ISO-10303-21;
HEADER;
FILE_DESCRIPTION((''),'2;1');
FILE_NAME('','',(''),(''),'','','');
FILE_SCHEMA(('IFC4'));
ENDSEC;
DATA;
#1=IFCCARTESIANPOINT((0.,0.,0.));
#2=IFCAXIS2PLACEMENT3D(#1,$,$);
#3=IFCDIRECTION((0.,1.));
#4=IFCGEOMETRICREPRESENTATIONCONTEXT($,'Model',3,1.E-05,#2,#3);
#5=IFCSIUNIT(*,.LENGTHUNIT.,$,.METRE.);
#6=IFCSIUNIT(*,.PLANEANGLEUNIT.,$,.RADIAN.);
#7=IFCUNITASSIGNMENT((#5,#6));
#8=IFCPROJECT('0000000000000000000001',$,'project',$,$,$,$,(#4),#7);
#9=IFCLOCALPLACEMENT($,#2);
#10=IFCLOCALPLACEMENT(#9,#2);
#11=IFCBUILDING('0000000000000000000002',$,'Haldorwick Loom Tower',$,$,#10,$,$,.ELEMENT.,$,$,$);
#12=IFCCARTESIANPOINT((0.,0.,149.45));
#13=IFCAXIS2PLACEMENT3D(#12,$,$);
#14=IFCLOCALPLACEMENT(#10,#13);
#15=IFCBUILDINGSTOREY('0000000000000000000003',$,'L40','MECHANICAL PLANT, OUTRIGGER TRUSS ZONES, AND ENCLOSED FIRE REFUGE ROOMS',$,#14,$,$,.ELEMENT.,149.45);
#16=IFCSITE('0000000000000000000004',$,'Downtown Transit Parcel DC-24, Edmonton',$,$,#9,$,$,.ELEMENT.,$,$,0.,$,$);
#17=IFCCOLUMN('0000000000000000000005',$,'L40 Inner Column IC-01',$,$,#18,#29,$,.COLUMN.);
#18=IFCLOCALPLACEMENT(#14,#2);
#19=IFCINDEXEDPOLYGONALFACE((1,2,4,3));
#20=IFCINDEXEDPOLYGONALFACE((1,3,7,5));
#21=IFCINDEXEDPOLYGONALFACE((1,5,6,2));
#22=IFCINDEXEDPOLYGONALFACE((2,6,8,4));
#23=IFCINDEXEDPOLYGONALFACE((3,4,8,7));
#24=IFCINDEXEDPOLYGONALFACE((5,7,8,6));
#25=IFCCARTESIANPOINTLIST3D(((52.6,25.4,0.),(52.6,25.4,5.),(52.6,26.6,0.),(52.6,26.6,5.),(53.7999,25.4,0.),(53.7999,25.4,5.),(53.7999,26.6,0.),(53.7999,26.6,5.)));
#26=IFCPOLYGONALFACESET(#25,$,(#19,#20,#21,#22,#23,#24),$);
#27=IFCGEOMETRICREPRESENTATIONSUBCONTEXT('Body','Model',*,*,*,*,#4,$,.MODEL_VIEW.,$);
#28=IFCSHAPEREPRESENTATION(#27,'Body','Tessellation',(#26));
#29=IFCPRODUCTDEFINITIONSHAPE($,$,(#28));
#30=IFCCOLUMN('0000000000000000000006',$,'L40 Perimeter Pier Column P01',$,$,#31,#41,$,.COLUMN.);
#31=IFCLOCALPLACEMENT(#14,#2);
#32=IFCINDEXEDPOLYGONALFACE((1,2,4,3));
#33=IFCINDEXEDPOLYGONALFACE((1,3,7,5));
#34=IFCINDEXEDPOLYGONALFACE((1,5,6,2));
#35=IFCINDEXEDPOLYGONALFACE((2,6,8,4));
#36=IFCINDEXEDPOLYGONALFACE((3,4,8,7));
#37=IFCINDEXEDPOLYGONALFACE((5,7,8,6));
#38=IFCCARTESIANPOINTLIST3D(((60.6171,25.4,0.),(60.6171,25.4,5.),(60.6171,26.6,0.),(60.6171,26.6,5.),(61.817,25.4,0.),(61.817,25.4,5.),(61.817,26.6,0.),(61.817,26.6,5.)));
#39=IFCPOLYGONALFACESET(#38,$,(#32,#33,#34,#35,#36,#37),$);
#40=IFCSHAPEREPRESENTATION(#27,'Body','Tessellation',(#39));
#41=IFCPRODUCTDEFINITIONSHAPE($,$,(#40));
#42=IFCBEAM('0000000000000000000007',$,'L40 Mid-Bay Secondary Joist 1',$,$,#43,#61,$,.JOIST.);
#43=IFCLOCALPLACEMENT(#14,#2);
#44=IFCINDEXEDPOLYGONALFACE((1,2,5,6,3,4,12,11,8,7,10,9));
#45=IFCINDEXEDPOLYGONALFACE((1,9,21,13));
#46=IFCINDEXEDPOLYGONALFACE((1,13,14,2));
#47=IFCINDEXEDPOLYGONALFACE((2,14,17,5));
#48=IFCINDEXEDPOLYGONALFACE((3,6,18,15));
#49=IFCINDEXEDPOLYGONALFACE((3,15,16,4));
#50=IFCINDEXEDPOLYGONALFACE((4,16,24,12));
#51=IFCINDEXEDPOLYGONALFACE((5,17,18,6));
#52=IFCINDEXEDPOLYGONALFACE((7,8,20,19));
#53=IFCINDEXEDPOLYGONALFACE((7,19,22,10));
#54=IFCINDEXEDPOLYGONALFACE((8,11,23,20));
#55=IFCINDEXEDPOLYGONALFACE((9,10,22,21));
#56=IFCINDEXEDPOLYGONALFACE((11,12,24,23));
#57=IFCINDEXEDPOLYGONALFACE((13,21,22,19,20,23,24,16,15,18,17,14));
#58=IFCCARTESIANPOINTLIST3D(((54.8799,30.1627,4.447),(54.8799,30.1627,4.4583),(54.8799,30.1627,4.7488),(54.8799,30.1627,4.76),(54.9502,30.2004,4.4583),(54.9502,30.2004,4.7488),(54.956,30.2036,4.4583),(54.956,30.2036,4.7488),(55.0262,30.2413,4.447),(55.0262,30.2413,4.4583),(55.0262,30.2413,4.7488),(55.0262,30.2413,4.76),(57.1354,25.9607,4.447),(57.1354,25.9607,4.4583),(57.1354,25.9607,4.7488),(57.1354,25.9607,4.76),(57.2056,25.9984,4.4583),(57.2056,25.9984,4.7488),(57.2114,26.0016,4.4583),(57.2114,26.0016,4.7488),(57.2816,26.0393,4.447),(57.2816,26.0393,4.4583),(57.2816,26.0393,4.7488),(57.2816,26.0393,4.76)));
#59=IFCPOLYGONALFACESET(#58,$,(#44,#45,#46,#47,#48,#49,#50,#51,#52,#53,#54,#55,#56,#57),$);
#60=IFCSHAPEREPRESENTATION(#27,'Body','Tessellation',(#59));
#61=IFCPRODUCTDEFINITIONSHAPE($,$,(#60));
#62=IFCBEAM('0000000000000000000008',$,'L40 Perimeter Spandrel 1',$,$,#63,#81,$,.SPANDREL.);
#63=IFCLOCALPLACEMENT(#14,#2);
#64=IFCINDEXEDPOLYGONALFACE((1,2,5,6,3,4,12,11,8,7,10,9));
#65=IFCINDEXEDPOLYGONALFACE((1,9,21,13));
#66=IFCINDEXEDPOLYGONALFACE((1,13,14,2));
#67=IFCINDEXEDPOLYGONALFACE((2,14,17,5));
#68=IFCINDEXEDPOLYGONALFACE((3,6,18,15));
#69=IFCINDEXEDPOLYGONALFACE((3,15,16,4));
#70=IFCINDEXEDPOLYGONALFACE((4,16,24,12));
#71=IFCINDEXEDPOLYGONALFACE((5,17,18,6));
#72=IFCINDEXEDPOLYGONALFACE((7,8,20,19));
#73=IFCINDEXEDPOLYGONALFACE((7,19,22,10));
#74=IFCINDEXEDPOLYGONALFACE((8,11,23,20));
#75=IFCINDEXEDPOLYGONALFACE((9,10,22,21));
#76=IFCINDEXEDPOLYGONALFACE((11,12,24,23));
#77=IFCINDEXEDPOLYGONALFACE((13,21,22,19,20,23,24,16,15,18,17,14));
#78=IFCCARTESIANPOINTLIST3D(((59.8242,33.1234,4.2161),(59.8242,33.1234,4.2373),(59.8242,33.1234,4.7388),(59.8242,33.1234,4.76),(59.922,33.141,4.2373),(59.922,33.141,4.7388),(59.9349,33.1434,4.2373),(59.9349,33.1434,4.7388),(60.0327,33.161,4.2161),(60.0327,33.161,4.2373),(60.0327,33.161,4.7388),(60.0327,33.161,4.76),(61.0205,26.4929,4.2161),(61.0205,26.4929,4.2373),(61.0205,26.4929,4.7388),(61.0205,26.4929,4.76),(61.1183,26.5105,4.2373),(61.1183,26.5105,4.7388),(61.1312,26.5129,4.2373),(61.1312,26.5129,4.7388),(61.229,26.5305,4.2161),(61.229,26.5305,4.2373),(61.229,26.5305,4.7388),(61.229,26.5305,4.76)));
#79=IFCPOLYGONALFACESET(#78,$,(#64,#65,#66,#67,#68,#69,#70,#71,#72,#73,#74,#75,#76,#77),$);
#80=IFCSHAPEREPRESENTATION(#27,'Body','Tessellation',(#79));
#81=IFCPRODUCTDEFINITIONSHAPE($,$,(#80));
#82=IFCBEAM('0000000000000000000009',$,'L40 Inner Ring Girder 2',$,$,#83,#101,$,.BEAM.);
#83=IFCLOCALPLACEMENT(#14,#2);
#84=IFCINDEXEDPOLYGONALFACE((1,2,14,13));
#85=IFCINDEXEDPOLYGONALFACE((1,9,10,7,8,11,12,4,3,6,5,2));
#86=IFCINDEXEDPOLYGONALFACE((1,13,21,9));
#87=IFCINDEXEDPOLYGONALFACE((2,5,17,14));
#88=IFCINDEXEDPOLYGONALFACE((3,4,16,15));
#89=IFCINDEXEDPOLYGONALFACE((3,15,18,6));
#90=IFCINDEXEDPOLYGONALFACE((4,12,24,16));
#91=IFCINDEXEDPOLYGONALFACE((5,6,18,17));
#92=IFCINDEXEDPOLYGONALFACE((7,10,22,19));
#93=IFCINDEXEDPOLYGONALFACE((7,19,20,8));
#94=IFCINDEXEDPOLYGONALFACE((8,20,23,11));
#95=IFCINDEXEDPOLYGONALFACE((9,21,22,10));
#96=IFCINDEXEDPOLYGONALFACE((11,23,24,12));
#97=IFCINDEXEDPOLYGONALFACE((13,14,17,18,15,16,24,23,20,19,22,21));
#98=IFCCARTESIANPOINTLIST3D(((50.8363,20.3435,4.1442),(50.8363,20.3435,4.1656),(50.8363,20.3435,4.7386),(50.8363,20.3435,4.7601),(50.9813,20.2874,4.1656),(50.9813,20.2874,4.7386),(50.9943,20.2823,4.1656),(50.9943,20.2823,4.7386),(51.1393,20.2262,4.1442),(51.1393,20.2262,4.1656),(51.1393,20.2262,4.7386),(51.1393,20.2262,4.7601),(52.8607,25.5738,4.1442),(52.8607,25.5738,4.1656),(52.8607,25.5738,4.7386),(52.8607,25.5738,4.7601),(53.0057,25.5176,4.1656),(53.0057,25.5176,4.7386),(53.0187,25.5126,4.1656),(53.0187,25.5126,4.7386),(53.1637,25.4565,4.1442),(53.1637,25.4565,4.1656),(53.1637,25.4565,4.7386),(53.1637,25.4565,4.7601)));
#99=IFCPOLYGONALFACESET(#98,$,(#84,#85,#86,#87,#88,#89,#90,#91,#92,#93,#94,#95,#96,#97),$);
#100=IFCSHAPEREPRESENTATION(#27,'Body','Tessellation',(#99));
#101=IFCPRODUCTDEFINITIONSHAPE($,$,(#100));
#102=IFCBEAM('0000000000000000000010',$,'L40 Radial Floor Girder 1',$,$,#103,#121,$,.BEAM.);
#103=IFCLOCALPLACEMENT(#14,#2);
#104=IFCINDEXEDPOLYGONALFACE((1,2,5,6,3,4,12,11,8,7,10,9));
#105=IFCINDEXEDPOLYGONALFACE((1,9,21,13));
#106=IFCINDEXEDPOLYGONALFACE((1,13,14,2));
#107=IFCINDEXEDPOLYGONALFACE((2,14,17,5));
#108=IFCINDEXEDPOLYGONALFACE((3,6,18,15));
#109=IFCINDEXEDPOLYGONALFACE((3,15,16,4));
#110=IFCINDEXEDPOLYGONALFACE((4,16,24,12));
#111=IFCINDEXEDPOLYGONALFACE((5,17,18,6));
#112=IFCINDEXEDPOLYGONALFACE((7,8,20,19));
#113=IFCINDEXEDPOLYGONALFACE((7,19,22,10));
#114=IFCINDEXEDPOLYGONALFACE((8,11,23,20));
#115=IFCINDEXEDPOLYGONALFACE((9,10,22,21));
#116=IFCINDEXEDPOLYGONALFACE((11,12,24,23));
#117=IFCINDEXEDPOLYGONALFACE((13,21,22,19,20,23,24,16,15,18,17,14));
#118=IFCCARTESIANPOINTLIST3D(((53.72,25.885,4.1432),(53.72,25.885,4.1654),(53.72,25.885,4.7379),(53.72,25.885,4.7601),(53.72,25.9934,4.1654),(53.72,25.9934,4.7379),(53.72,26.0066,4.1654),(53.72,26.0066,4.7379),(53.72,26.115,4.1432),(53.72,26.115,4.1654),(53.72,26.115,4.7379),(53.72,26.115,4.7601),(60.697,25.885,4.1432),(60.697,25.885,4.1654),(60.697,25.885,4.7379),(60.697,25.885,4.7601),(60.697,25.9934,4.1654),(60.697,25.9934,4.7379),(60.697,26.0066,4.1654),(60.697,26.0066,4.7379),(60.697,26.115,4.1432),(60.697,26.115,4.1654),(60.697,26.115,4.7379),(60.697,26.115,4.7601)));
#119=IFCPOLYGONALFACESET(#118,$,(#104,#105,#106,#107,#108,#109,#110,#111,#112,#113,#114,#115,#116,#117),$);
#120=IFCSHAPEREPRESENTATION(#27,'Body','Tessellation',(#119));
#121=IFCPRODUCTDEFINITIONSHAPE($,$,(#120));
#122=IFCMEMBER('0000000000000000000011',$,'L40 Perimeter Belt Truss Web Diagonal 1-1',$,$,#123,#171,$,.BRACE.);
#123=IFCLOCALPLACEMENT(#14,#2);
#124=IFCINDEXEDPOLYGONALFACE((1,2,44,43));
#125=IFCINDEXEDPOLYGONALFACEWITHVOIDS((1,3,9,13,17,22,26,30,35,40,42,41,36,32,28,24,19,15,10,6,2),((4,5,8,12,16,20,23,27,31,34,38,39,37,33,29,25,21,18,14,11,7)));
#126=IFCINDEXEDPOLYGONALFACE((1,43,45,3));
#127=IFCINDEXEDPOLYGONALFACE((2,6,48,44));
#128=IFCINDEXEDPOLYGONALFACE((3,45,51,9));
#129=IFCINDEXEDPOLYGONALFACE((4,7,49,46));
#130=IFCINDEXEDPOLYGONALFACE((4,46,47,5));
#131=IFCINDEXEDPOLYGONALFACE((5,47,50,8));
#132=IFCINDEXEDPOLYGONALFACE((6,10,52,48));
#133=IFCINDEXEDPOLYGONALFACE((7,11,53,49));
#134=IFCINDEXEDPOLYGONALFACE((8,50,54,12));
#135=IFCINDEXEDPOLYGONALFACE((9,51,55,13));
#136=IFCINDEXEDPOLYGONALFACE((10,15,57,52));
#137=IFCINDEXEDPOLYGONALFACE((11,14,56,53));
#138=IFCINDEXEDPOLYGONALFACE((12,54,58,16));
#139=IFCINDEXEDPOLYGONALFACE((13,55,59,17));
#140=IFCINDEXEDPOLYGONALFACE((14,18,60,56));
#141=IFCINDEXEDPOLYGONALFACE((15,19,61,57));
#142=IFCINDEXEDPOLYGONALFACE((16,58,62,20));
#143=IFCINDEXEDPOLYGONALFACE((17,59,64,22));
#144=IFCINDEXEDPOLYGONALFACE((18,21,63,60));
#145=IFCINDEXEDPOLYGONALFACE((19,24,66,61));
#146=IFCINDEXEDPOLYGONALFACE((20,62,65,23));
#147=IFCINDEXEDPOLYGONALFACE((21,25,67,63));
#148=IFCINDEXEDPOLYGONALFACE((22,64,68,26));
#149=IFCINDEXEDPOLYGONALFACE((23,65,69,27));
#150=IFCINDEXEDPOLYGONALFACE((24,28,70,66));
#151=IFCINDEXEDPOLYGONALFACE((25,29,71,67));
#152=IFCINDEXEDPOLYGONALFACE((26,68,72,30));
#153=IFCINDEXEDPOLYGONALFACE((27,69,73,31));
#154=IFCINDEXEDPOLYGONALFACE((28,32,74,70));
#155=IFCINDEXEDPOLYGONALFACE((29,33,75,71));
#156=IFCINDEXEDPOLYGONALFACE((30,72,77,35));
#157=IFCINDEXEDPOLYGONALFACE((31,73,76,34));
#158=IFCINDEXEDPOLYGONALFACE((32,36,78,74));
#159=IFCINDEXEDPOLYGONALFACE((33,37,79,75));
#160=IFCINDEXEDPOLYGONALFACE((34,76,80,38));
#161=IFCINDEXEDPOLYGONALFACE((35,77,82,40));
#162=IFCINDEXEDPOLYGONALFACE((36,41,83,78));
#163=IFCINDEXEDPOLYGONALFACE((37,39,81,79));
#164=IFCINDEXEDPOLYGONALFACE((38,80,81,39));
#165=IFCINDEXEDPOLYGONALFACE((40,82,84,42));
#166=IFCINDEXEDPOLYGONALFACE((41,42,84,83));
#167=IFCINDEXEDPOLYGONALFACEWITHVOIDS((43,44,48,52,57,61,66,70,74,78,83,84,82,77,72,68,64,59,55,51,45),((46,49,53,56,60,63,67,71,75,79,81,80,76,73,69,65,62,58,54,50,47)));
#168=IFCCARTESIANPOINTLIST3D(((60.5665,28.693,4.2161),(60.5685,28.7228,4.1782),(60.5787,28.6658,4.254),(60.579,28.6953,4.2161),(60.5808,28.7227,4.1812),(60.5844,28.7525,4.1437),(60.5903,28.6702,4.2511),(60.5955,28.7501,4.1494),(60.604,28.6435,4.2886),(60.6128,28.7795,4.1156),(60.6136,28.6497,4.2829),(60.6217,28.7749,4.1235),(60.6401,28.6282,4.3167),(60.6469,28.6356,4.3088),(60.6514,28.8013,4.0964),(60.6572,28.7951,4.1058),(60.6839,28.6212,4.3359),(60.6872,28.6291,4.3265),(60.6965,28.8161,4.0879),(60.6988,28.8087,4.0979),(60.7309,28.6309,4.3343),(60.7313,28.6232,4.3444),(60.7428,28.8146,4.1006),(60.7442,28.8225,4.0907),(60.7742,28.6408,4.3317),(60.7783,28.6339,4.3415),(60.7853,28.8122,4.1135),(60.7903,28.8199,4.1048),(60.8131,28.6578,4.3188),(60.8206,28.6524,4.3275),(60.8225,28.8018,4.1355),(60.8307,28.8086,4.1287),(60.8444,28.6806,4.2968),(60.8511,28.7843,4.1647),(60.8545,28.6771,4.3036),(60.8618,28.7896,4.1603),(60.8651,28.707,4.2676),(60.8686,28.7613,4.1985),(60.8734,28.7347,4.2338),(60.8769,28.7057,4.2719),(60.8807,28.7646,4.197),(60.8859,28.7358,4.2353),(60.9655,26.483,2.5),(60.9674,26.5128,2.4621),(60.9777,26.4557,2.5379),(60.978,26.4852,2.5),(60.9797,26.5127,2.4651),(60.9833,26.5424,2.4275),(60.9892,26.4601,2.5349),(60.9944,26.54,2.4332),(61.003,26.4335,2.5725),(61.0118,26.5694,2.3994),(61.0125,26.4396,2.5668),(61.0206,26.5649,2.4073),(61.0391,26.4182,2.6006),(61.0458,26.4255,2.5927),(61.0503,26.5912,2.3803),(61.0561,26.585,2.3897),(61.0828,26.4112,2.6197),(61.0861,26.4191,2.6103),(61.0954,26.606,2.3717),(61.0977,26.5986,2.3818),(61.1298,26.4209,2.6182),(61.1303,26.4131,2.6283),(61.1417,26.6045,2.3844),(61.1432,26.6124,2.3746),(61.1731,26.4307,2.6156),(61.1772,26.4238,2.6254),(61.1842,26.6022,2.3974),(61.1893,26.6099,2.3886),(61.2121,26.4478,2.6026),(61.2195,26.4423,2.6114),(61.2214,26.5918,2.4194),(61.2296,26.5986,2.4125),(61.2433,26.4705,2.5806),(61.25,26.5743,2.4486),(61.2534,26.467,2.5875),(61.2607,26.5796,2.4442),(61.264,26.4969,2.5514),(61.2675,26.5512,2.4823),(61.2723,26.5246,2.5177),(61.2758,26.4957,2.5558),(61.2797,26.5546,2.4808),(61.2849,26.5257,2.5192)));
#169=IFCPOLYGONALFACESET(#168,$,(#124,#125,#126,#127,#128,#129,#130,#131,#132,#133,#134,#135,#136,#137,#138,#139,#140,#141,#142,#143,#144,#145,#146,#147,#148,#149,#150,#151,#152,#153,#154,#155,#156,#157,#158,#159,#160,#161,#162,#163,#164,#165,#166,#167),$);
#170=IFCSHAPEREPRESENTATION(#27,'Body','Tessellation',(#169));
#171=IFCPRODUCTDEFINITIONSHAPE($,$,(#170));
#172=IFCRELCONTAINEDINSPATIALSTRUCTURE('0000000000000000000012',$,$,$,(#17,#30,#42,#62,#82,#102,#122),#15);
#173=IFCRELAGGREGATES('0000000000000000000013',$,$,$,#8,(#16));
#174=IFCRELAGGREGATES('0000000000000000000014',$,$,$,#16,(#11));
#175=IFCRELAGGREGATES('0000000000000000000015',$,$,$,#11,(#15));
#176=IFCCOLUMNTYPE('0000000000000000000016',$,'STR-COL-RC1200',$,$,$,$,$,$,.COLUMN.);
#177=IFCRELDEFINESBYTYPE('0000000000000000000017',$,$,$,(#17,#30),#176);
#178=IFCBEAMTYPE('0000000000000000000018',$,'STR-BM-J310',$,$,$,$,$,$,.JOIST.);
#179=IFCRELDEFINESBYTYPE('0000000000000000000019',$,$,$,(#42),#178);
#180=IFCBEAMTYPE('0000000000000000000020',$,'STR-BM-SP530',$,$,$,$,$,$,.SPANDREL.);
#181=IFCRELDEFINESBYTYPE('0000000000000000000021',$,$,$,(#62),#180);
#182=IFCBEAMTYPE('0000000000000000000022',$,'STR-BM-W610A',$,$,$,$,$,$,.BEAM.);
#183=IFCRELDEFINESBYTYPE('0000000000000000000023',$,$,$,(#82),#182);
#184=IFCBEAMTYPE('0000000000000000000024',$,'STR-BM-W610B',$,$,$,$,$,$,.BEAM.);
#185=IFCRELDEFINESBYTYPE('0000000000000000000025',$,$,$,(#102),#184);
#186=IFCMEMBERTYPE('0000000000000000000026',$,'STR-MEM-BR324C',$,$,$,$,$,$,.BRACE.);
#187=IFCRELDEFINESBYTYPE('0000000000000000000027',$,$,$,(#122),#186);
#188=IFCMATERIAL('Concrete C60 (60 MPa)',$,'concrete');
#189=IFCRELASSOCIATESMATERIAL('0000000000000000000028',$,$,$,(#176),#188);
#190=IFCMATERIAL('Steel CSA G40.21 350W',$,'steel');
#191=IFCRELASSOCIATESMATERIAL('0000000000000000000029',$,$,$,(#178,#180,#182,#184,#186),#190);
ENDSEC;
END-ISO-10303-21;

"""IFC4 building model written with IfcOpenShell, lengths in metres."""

from ifc_helpers import new_model, si_unit, direction, frame, origin, origin_2d, place, context, subcontext, project, spatial, rectangle, hollow_circle, i_section, extrude, material, material_profile, profile_set, type_object, element, save


model = new_model("IFC4")

# Units and contexts
model_context = context("Model", 3, precision=1e-05, world=origin(), true_north=direction((0.0, 1.0)))
body_context = subcontext(model_context, "Body", "Model", "MODEL_VIEW")
ifc_project = project(units=[si_unit("LENGTHUNIT", "METRE"), si_unit("PLANEANGLEUNIT", "RADIAN")], contexts=[model_context])

# Site, building, storey
site_placement = place(None, origin())
site = spatial("IfcSite", under=ifc_project, at=site_placement, Name="Downtown Transit Parcel DC-24, Edmonton", CompositionType="ELEMENT", RefElevation=0.0)
building_placement = place(site_placement, origin())
building = spatial("IfcBuilding", under=site, at=building_placement, Name="Haldorwick Loom Tower", CompositionType="ELEMENT")
storey_placement = place(building_placement, frame((0.0, 0.0, 149.45)))
storey = spatial("IfcBuildingStorey", under=building, at=storey_placement, Name="L40", Description="MECHANICAL PLANT, OUTRIGGER TRUSS ZONES, AND ENCLOSED FIRE REFUGE ROOMS", CompositionType="ELEMENT", Elevation=149.45)

# Columns
ifc_material_1 = material(Name="Concrete C60 (60 MPa)", Category="concrete")
ifc_material_profile_1 = material_profile(ifc_material_1, rectangle(XDim=1.2, YDim=1.2, at=origin_2d()), Name="RC1200X1200", Category="concrete")
ifc_profile_set_1 = profile_set([ifc_material_profile_1], Name="Concrete C60 (60 MPa)")
column_type = type_object("IfcColumnType", Name="STR-COL-RC1200", PredefinedType="COLUMN", material=ifc_profile_set_1)
for number, where, z_axis, x_axis, name in (
    (1, (53.2, 26.0, 0.0), (0.0, 0.0, 1.0), (1.0, 0.0, 0.0), "L40 Inner Column IC-01"),
    (2, (61.217, 26.0, 0.0), (0.0, 0.0, 1.0), (1.0, 0.0, 0.0), "L40 Perimeter Pier Column P01"),
):
    element("IfcColumn", number, at=place(storey_placement, frame(where, z_axis=z_axis, x_axis=x_axis)), inside=storey, type_object=column_type, Name=name, PredefinedType="COLUMN", context=body_context, shape_type="SweptSolid", body=[
        extrude(rectangle(XDim=1.2, YDim=1.2, at=origin_2d()), origin(), (0.0, 0.0, 1.0), 5.0),
    ])

# Beams
ifc_material_2 = material(Name="Steel CSA G40.21 350W", Category="steel")
ifc_material_profile_2 = material_profile(ifc_material_2, i_section(OverallWidth=0.166, OverallDepth=0.313, WebThickness=0.0066, FlangeThickness=0.0112, at=origin_2d()), Name="W310X45", Category="steel")
ifc_profile_set_2 = profile_set([ifc_material_profile_2], Name="Steel CSA G40.21 350W")
beam_type_1 = type_object("IfcBeamType", Name="STR-BM-J310", PredefinedType="JOIST", material=ifc_profile_set_2)
beam_1_placement = place(storey_placement, frame((57.2085, 26.0, 4.6035), z_axis=(-0.47293, 0.8811, 0.0), x_axis=(-0.8811, -0.47293, 0.0)))
element("IfcBeam", 3, at=beam_1_placement, inside=storey, type_object=beam_type_1, Name="L40 Mid-Bay Secondary Joist 1", PredefinedType="JOIST", context=body_context, shape_type="SweptSolid", body=[
    extrude(i_section(OverallWidth=0.166, OverallDepth=0.313, WebThickness=0.0066, FlangeThickness=0.0112, at=origin_2d()), origin(), (0.0, 0.0, 1.0), 4.769),
])
ifc_material_profile_3 = material_profile(ifc_material_2, i_section(OverallWidth=0.2119, OverallDepth=0.5439, WebThickness=0.0132, FlangeThickness=0.0212, at=origin_2d()), Name="W530X123", Category="steel")
ifc_profile_set_3 = profile_set([ifc_material_profile_3], Name="Steel CSA G40.21 350W")
beam_type_2 = type_object("IfcBeamType", Name="STR-BM-SP530", PredefinedType="SPANDREL", material=ifc_profile_set_3)
beam_2_placement = place(storey_placement, frame((61.1248, 26.5117, 4.488), z_axis=(-0.177559, 0.98411, 0.0), x_axis=(-0.98411, -0.177559, 0.0)))
element("IfcBeam", 4, at=beam_2_placement, inside=storey, type_object=beam_type_2, Name="L40 Perimeter Spandrel 1", PredefinedType="SPANDREL", context=body_context, shape_type="SweptSolid", body=[
    extrude(i_section(OverallWidth=0.2119, OverallDepth=0.5439, WebThickness=0.0132, FlangeThickness=0.0212, at=origin_2d()), origin(), (0.0, 0.0, 1.0), 6.7375),
])
ifc_material_profile_4 = material_profile(ifc_material_2, i_section(OverallWidth=0.325, OverallDepth=0.616, WebThickness=0.0139, FlangeThickness=0.0215, at=origin_2d()), Name="W610X174", Category="steel")
ifc_profile_set_4 = profile_set([ifc_material_profile_4], Name="Steel CSA G40.21 350W")
beam_type_3 = type_object("IfcBeamType", Name="STR-BM-W610A", PredefinedType="BEAM", material=ifc_profile_set_4)
beam_3_placement = place(storey_placement, frame((53.0122, 25.5151, 4.4521), z_axis=(-0.360965, -0.932579, 0.0), x_axis=(0.932579, -0.360965, 0.0)))
element("IfcBeam", 5, at=beam_3_placement, inside=storey, type_object=beam_type_3, Name="L40 Inner Ring Girder 2", PredefinedType="BEAM", context=body_context, shape_type="SweptSolid", body=[
    extrude(i_section(OverallWidth=0.325, OverallDepth=0.616, WebThickness=0.0139, FlangeThickness=0.0215, at=origin_2d()), origin(), (0.0, 0.0, 1.0), 5.6084),
])
ifc_material_profile_5 = material_profile(ifc_material_2, i_section(OverallWidth=0.23, OverallDepth=0.6169, WebThickness=0.0132, FlangeThickness=0.0222, at=origin_2d()), Name="W610X140", Category="steel")
ifc_profile_set_5 = profile_set([ifc_material_profile_5], Name="Steel CSA G40.21 350W")
beam_type_4 = type_object("IfcBeamType", Name="STR-BM-W610B", PredefinedType="BEAM", material=ifc_profile_set_5)
beam_4_placement = place(storey_placement, frame((53.72, 26.0, 4.4517), z_axis=(1.0, 0.0, 0.0), x_axis=(0.0, 1.0, 0.0)))
element("IfcBeam", 6, at=beam_4_placement, inside=storey, type_object=beam_type_4, Name="L40 Radial Floor Girder 1", PredefinedType="BEAM", context=body_context, shape_type="SweptSolid", body=[
    extrude(i_section(OverallWidth=0.23, OverallDepth=0.6169, WebThickness=0.0132, FlangeThickness=0.0222, at=origin_2d()), origin(), (0.0, 0.0, 1.0), 6.9771),
])

# Member
ifc_material_profile_6 = material_profile(ifc_material_2, hollow_circle(Radius=0.1619, WallThickness=0.0127, at=origin_2d()), Name="HSS324X13", Category="steel")
ifc_profile_set_6 = profile_set([ifc_material_profile_6], Name="Steel CSA G40.21 350W")
member_type_1 = type_object("IfcMemberType", Name="STR-MEM-BR324C", PredefinedType="BRACE", material=ifc_profile_set_6)
for number, where, z_axis, x_axis, name in (
    (7, (61.1248, 26.5117, 2.5), (-0.141148, 0.781928, 0.607178), (-0.984095, -0.177642, 0.0), "L40 Perimeter Belt Truss Web Diagonal 1-1"),
):
    element("IfcMember", number, at=place(storey_placement, frame(where, z_axis=z_axis, x_axis=x_axis)), inside=storey, type_object=member_type_1, Name=name, PredefinedType="BRACE", context=body_context, shape_type="SweptSolid", body=[
        extrude(hollow_circle(Radius=0.1619, WallThickness=0.0127, at=origin_2d()), origin(), (0.0, 0.0, 1.0), 2.8264),
    ])

save(model, "model.ifc")
